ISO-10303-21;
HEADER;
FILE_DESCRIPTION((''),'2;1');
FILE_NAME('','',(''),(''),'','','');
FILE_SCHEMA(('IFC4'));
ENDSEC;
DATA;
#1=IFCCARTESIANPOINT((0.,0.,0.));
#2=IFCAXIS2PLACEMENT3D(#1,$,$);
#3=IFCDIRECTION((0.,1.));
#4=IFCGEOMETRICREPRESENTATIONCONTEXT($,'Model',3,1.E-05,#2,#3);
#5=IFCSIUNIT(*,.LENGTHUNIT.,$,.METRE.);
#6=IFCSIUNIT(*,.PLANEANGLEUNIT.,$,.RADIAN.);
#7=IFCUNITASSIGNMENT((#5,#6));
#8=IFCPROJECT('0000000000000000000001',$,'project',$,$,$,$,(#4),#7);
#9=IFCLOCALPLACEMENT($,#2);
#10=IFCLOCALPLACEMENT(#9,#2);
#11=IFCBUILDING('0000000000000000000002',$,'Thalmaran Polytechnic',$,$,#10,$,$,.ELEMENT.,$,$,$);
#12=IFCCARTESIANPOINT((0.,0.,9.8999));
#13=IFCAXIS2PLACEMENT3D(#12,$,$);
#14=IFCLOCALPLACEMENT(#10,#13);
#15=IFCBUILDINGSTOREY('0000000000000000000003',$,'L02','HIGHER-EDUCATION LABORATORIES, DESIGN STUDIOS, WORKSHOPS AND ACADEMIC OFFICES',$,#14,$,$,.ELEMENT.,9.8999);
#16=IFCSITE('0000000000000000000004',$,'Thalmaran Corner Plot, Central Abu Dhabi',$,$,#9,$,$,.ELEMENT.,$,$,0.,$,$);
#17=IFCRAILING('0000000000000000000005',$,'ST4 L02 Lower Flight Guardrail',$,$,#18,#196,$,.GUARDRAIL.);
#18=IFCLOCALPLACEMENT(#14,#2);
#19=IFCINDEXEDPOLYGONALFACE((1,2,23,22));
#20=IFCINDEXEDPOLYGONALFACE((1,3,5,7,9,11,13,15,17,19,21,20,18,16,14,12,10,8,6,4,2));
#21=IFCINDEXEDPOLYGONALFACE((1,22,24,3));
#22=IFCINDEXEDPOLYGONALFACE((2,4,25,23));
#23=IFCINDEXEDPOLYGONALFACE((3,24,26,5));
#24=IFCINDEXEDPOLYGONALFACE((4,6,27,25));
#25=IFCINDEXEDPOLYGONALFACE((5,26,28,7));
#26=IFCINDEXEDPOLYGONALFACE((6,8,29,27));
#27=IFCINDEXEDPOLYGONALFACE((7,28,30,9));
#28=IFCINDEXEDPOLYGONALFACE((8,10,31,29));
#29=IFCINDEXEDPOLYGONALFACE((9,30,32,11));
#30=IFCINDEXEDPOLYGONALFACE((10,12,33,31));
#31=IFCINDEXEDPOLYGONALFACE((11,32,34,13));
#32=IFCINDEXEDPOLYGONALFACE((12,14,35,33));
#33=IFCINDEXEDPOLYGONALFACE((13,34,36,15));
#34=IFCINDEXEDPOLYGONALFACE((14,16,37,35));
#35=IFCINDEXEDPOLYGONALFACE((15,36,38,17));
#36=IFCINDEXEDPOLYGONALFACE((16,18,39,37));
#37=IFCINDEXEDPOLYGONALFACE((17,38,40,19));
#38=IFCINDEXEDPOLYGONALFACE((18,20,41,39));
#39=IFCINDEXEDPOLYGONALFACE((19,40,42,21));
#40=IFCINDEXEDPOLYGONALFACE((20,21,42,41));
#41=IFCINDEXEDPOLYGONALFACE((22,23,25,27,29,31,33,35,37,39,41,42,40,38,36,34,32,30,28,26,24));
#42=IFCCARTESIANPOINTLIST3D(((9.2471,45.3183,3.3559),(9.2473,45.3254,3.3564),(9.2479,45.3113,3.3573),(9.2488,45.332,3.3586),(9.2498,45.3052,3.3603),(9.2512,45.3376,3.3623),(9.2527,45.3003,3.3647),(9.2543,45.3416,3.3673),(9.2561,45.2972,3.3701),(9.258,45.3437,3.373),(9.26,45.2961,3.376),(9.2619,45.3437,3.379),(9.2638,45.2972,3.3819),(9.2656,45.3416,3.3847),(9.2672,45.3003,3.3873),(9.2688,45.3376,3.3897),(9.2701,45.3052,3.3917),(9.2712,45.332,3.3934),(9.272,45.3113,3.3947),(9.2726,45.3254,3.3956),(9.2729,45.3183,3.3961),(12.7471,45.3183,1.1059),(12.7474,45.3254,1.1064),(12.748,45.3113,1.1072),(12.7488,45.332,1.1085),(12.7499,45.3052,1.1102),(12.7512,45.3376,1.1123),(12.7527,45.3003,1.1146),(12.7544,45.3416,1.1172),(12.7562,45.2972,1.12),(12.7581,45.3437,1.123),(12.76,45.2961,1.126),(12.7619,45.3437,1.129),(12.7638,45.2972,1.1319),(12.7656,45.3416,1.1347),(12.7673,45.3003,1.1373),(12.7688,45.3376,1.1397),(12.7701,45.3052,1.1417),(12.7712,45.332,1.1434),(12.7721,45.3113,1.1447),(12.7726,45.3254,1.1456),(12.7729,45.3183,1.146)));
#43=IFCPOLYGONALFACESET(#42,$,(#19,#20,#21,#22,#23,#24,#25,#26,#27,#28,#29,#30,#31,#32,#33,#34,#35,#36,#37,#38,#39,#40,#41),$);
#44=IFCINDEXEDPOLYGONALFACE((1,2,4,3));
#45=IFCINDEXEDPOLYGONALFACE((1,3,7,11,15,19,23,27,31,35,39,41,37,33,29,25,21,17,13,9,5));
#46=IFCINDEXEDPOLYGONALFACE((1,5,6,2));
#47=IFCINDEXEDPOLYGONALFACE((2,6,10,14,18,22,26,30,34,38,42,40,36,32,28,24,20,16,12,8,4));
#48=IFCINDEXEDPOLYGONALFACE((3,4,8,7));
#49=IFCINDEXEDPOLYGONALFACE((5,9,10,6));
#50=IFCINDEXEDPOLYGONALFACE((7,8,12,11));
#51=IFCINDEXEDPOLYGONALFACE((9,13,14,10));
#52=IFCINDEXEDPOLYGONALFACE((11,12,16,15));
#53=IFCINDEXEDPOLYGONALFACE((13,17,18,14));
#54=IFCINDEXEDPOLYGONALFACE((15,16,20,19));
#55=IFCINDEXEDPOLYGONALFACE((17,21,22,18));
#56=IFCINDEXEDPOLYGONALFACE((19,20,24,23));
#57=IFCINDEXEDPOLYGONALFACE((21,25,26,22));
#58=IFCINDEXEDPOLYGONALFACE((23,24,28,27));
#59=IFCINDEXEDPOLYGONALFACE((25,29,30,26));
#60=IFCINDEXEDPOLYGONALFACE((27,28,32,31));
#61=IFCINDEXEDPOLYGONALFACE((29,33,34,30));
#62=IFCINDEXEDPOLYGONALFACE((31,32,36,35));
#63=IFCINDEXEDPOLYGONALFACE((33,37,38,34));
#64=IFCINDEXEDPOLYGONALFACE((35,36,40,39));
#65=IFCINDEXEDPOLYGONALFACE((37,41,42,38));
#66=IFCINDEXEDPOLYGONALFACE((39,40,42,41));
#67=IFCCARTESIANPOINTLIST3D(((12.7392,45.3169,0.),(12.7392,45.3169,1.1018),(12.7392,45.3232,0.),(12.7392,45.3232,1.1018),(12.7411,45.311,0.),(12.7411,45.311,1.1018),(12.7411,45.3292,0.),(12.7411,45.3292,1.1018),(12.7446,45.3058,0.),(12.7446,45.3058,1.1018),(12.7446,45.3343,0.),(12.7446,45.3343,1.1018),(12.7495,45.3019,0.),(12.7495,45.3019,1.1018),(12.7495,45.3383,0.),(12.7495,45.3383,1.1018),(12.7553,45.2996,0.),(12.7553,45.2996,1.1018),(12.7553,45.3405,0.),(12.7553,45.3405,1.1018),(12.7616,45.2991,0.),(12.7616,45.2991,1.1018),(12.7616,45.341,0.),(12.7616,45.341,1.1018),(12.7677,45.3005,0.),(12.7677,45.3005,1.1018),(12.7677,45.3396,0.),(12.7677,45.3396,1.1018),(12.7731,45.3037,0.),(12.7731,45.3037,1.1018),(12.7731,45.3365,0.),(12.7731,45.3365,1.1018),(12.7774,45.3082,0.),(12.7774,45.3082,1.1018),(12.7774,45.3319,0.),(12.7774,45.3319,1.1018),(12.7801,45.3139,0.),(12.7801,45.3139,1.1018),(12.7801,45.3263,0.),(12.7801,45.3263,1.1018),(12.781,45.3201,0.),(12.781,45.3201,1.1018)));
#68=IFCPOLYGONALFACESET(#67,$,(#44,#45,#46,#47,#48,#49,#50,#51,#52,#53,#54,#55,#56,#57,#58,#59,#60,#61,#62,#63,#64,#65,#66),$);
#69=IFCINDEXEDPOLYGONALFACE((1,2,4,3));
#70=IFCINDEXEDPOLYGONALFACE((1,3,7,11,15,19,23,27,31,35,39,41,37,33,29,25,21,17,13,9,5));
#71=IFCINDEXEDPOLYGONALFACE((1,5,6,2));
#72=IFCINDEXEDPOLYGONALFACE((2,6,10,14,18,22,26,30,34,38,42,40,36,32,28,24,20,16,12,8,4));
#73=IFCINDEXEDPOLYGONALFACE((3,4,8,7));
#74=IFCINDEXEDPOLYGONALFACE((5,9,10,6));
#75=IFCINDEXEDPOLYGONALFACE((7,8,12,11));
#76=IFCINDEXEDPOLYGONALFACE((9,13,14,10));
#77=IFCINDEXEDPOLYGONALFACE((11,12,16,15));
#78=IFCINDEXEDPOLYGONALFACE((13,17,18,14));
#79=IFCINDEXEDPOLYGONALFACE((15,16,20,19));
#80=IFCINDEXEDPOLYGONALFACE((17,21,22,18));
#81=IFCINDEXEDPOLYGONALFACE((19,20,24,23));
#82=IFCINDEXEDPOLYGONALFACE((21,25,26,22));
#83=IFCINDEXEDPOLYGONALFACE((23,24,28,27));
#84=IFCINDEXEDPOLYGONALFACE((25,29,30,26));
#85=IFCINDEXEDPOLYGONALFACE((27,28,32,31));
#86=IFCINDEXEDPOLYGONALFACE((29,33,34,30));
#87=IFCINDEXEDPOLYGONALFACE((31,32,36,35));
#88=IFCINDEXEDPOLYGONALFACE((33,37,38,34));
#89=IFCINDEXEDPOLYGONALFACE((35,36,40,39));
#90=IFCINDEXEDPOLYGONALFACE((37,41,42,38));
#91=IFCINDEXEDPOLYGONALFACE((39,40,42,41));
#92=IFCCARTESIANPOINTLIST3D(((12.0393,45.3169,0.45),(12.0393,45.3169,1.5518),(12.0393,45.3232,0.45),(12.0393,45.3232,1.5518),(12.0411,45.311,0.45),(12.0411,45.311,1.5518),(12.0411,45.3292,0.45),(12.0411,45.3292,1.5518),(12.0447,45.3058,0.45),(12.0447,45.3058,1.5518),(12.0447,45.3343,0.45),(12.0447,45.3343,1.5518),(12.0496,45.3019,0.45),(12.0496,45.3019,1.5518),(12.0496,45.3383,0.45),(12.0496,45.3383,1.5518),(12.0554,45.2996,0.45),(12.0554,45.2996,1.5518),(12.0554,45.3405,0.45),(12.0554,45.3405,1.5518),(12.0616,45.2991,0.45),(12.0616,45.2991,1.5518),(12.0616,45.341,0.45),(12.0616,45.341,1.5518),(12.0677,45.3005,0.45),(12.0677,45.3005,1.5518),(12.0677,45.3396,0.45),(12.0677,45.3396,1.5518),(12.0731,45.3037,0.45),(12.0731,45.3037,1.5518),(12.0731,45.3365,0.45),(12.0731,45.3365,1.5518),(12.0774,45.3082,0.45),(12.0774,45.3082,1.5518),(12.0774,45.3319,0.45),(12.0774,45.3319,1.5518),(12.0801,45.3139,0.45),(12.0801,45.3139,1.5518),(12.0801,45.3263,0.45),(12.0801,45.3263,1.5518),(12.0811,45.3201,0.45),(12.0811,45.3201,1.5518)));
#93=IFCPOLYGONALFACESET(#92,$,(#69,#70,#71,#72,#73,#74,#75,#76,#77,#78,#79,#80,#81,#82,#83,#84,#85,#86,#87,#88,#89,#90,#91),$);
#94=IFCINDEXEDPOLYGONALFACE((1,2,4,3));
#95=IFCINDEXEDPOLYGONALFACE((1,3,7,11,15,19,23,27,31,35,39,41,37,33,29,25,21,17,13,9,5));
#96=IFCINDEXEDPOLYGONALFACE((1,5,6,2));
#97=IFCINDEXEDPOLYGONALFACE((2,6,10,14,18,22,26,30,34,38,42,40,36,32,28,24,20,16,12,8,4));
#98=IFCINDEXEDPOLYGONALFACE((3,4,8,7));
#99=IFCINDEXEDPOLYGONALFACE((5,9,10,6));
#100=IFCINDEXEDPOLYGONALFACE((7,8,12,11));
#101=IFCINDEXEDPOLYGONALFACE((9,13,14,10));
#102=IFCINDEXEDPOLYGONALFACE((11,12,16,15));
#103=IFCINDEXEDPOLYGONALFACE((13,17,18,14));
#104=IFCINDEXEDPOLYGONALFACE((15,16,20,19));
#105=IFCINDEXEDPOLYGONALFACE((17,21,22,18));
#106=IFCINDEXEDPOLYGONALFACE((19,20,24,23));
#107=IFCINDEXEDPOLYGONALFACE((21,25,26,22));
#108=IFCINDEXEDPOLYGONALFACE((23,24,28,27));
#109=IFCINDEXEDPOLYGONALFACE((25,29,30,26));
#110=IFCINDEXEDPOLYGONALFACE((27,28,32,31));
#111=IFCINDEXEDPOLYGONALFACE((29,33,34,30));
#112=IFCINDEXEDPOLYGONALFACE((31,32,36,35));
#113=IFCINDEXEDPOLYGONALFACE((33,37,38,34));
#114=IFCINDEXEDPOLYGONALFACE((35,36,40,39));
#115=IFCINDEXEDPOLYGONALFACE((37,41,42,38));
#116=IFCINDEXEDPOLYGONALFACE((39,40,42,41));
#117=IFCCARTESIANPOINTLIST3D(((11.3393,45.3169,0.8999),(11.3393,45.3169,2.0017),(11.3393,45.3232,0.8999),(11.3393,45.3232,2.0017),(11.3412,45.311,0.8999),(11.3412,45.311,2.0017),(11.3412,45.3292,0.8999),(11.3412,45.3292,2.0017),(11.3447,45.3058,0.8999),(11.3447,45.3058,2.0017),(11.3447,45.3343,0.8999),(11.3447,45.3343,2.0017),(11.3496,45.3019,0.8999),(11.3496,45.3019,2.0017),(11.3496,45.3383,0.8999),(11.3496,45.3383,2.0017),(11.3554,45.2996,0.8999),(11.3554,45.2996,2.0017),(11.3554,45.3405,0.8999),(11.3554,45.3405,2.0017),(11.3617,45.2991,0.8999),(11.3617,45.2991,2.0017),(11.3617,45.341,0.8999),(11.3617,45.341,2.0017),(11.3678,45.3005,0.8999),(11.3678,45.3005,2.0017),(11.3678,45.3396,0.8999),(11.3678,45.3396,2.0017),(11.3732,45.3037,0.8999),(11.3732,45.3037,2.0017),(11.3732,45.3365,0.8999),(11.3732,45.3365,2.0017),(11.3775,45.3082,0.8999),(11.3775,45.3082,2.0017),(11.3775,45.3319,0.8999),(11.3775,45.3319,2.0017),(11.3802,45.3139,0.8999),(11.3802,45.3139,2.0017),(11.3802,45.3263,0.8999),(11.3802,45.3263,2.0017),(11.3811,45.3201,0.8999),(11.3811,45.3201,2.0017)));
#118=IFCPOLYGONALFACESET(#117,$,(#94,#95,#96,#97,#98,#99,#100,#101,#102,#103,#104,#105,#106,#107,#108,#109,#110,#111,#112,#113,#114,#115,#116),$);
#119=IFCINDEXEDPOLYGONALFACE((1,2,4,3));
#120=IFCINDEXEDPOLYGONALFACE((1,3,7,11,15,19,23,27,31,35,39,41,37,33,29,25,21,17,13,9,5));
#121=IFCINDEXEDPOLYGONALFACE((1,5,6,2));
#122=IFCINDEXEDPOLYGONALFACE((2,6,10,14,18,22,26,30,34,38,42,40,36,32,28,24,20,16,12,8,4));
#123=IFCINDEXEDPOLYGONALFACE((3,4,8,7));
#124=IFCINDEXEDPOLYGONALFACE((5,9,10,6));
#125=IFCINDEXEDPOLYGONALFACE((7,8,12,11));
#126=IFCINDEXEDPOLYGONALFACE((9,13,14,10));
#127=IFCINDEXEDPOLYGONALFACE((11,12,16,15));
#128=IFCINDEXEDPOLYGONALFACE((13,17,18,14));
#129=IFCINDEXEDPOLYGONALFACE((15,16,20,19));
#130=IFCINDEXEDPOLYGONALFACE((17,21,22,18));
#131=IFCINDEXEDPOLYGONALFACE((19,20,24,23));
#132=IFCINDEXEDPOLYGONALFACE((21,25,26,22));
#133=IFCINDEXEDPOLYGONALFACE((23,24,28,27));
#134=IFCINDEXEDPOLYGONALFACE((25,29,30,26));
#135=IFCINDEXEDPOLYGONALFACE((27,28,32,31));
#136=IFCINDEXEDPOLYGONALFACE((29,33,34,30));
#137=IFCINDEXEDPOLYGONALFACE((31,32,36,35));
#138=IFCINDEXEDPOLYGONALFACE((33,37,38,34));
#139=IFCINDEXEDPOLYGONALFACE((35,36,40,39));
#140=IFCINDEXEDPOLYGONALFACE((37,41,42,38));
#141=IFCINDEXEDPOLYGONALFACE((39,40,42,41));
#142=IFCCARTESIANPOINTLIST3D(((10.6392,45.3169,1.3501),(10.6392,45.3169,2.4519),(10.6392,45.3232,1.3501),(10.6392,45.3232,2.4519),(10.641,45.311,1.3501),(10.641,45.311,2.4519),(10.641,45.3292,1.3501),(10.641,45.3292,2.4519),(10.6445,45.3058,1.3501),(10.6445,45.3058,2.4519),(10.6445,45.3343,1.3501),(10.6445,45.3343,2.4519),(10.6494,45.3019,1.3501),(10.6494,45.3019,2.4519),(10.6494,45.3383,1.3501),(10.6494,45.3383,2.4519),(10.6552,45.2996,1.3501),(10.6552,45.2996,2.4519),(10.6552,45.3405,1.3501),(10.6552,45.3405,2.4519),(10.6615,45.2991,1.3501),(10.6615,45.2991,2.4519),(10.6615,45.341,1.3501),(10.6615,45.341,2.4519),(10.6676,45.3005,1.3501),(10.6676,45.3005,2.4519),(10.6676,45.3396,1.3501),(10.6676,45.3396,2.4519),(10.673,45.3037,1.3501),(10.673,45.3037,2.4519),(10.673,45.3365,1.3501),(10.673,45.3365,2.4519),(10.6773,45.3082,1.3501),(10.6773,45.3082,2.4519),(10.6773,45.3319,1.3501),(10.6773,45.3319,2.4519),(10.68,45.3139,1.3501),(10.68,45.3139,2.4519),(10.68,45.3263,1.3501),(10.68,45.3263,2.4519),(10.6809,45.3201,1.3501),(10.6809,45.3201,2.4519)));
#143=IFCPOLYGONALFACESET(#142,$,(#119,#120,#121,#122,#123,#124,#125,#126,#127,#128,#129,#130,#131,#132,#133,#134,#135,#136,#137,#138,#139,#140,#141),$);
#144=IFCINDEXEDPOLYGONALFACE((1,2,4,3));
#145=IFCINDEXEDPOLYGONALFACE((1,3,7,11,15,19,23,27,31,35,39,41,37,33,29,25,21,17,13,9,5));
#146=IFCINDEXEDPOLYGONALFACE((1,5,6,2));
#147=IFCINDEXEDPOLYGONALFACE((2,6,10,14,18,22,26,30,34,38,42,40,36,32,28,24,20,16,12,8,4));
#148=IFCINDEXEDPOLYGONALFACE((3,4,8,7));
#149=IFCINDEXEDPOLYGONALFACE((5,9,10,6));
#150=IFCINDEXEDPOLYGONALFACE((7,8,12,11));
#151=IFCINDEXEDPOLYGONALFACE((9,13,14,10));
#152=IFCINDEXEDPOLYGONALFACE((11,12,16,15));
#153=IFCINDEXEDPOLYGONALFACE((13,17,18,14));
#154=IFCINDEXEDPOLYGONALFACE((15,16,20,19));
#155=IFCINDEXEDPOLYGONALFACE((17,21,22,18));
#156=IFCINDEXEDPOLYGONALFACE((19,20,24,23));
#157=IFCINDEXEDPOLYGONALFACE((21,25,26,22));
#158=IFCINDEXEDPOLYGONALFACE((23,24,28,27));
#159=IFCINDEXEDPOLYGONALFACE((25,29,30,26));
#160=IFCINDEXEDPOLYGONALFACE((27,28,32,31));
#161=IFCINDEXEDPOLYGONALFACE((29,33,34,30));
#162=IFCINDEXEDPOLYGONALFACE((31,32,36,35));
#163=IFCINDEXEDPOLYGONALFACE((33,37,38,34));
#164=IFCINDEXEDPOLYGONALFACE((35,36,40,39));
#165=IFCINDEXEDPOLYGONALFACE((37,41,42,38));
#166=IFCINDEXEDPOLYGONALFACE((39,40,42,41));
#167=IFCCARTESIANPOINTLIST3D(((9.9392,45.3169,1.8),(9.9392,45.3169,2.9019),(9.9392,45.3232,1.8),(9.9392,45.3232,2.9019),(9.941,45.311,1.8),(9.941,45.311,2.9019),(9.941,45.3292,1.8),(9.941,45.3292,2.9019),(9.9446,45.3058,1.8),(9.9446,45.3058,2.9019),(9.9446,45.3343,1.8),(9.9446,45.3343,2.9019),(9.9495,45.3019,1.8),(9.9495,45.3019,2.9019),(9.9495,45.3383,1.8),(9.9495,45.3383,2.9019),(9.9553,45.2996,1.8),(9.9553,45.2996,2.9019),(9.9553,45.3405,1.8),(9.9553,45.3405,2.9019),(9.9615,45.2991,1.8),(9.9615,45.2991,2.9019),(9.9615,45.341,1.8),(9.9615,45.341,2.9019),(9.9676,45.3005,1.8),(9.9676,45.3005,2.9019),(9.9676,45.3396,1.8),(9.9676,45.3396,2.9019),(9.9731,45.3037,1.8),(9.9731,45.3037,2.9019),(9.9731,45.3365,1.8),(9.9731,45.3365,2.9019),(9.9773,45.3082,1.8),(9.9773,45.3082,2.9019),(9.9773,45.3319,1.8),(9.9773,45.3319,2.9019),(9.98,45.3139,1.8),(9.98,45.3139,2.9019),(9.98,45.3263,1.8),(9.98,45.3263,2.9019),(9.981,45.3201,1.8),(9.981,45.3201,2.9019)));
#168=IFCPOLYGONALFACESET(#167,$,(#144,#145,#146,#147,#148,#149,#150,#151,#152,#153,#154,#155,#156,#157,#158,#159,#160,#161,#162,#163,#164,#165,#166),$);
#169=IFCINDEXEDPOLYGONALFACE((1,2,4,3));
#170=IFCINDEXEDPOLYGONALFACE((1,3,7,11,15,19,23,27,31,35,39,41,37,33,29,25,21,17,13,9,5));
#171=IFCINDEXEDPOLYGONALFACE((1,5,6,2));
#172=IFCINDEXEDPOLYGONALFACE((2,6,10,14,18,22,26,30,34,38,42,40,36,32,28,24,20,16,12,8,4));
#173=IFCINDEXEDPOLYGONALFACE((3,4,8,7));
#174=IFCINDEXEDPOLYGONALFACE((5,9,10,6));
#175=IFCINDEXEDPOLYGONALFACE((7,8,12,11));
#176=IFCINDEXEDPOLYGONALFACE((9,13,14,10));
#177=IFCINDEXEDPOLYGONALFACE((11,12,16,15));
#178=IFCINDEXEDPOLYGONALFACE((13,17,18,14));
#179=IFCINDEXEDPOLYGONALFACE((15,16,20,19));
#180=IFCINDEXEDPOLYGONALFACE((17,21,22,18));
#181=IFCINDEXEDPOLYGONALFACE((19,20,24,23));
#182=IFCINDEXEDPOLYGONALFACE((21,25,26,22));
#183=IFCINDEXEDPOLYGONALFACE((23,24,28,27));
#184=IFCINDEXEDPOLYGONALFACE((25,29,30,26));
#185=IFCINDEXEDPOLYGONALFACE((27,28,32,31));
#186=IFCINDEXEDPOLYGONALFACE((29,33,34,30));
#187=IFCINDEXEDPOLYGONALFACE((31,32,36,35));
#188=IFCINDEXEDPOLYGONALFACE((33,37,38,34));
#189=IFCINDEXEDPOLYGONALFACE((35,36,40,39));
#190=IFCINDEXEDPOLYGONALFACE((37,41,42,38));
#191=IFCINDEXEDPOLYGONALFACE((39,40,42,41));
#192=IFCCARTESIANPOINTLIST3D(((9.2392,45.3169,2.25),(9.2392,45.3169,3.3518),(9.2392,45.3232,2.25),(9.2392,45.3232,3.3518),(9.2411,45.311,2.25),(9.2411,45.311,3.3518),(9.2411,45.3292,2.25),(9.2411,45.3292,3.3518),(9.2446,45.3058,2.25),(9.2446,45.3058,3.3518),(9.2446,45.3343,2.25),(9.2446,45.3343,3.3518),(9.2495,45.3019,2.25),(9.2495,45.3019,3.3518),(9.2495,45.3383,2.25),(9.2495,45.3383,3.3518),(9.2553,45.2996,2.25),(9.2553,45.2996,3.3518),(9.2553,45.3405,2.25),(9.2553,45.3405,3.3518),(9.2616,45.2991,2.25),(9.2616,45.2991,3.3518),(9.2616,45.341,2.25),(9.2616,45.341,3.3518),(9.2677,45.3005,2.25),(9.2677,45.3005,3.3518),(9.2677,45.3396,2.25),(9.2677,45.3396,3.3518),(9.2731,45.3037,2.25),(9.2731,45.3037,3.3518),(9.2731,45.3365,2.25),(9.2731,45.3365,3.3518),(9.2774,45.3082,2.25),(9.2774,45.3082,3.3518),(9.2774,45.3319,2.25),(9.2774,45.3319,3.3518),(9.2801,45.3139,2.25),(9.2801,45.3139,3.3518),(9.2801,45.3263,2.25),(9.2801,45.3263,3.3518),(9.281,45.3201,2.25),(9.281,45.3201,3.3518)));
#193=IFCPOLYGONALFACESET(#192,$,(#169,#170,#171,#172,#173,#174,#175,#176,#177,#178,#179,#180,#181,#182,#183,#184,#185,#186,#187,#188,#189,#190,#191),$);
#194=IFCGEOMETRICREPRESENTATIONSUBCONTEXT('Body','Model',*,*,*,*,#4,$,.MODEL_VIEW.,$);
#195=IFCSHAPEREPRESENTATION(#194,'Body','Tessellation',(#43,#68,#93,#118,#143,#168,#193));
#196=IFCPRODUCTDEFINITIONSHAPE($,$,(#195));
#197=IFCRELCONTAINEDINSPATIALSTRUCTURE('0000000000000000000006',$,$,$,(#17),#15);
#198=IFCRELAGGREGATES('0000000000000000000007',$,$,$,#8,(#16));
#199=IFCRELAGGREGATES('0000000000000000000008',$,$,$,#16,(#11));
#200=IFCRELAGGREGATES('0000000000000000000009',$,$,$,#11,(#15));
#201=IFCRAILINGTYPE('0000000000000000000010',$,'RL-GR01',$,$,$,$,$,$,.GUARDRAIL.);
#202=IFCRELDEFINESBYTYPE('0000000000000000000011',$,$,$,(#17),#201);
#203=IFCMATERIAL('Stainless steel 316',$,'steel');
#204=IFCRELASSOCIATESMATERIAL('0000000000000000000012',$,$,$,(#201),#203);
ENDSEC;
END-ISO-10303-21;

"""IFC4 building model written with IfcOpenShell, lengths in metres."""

from ifc_helpers import new_model, si_unit, direction, frame, origin, origin_2d, place, context, subcontext, project, spatial, circle, extrude, material, type_object, element, save


model = new_model("IFC4")

# Units and contexts
model_context = context("Model", 3, precision=1e-05, world=origin(), true_north=direction((0.0, 1.0)))
body_context = subcontext(model_context, "Body", "Model", "MODEL_VIEW")
ifc_project = project(units=[si_unit("LENGTHUNIT", "METRE"), si_unit("PLANEANGLEUNIT", "RADIAN")], contexts=[model_context])

# Site, building, storey
site_placement = place(None, origin())
site = spatial("IfcSite", under=ifc_project, at=site_placement, Name="Thalmaran Corner Plot, Central Abu Dhabi", CompositionType="ELEMENT", RefElevation=0.0)
building_placement = place(site_placement, origin())
building = spatial("IfcBuilding", under=site, at=building_placement, Name="Thalmaran Polytechnic", CompositionType="ELEMENT")
storey_placement = place(building_placement, frame((0.0, 0.0, 9.8999)))
storey = spatial("IfcBuildingStorey", under=building, at=storey_placement, Name="L02", Description="HIGHER-EDUCATION LABORATORIES, DESIGN STUDIOS, WORKSHOPS AND ACADEMIC OFFICES", CompositionType="ELEMENT", Elevation=9.8999)

# Railing
ifc_material_1 = material(Name="Stainless steel 316", Category="steel")
railing_type_1 = type_object("IfcRailingType", Name="RL-GR01", PredefinedType="GUARDRAIL", material=ifc_material_1)
railing_1_placement = place(storey_placement, frame((12.76, 45.3201, 0.0)))
element("IfcRailing", 1, at=railing_1_placement, inside=storey, type_object=railing_type_1, Name="ST4 L02 Lower Flight Guardrail", PredefinedType="GUARDRAIL", context=body_context, shape_type="SweptSolid", body=[
    extrude(circle(Radius=0.0239, at=origin_2d()), frame((0.0, 0.0, 1.126), z_axis=(-0.841178, 0.0, 0.540758), x_axis=(0.0, -1.0, 0.0)), (0.0, 0.0, 1.0), 4.1609),
    extrude(circle(Radius=0.021, at=origin_2d()), origin(), (0.0, 0.0, 1.0), 1.1018),
    extrude(circle(Radius=0.021, at=origin_2d()), frame((-0.7, 0.0, 0.45)), (0.0, 0.0, 1.0), 1.1018),
    extrude(circle(Radius=0.021, at=origin_2d()), frame((-1.3999, 0.0, 0.8999)), (0.0, 0.0, 1.0), 1.1018),
    extrude(circle(Radius=0.021, at=origin_2d()), frame((-2.1001, 0.0, 1.3501)), (0.0, 0.0, 1.0), 1.1018),
    extrude(circle(Radius=0.021, at=origin_2d()), frame((-2.8, 0.0, 1.8)), (0.0, 0.0, 1.0), 1.1018),
    extrude(circle(Radius=0.021, at=origin_2d()), frame((-3.5, 0.0, 2.25)), (0.0, 0.0, 1.0), 1.1018),
])

save(model, "model.ifc")
